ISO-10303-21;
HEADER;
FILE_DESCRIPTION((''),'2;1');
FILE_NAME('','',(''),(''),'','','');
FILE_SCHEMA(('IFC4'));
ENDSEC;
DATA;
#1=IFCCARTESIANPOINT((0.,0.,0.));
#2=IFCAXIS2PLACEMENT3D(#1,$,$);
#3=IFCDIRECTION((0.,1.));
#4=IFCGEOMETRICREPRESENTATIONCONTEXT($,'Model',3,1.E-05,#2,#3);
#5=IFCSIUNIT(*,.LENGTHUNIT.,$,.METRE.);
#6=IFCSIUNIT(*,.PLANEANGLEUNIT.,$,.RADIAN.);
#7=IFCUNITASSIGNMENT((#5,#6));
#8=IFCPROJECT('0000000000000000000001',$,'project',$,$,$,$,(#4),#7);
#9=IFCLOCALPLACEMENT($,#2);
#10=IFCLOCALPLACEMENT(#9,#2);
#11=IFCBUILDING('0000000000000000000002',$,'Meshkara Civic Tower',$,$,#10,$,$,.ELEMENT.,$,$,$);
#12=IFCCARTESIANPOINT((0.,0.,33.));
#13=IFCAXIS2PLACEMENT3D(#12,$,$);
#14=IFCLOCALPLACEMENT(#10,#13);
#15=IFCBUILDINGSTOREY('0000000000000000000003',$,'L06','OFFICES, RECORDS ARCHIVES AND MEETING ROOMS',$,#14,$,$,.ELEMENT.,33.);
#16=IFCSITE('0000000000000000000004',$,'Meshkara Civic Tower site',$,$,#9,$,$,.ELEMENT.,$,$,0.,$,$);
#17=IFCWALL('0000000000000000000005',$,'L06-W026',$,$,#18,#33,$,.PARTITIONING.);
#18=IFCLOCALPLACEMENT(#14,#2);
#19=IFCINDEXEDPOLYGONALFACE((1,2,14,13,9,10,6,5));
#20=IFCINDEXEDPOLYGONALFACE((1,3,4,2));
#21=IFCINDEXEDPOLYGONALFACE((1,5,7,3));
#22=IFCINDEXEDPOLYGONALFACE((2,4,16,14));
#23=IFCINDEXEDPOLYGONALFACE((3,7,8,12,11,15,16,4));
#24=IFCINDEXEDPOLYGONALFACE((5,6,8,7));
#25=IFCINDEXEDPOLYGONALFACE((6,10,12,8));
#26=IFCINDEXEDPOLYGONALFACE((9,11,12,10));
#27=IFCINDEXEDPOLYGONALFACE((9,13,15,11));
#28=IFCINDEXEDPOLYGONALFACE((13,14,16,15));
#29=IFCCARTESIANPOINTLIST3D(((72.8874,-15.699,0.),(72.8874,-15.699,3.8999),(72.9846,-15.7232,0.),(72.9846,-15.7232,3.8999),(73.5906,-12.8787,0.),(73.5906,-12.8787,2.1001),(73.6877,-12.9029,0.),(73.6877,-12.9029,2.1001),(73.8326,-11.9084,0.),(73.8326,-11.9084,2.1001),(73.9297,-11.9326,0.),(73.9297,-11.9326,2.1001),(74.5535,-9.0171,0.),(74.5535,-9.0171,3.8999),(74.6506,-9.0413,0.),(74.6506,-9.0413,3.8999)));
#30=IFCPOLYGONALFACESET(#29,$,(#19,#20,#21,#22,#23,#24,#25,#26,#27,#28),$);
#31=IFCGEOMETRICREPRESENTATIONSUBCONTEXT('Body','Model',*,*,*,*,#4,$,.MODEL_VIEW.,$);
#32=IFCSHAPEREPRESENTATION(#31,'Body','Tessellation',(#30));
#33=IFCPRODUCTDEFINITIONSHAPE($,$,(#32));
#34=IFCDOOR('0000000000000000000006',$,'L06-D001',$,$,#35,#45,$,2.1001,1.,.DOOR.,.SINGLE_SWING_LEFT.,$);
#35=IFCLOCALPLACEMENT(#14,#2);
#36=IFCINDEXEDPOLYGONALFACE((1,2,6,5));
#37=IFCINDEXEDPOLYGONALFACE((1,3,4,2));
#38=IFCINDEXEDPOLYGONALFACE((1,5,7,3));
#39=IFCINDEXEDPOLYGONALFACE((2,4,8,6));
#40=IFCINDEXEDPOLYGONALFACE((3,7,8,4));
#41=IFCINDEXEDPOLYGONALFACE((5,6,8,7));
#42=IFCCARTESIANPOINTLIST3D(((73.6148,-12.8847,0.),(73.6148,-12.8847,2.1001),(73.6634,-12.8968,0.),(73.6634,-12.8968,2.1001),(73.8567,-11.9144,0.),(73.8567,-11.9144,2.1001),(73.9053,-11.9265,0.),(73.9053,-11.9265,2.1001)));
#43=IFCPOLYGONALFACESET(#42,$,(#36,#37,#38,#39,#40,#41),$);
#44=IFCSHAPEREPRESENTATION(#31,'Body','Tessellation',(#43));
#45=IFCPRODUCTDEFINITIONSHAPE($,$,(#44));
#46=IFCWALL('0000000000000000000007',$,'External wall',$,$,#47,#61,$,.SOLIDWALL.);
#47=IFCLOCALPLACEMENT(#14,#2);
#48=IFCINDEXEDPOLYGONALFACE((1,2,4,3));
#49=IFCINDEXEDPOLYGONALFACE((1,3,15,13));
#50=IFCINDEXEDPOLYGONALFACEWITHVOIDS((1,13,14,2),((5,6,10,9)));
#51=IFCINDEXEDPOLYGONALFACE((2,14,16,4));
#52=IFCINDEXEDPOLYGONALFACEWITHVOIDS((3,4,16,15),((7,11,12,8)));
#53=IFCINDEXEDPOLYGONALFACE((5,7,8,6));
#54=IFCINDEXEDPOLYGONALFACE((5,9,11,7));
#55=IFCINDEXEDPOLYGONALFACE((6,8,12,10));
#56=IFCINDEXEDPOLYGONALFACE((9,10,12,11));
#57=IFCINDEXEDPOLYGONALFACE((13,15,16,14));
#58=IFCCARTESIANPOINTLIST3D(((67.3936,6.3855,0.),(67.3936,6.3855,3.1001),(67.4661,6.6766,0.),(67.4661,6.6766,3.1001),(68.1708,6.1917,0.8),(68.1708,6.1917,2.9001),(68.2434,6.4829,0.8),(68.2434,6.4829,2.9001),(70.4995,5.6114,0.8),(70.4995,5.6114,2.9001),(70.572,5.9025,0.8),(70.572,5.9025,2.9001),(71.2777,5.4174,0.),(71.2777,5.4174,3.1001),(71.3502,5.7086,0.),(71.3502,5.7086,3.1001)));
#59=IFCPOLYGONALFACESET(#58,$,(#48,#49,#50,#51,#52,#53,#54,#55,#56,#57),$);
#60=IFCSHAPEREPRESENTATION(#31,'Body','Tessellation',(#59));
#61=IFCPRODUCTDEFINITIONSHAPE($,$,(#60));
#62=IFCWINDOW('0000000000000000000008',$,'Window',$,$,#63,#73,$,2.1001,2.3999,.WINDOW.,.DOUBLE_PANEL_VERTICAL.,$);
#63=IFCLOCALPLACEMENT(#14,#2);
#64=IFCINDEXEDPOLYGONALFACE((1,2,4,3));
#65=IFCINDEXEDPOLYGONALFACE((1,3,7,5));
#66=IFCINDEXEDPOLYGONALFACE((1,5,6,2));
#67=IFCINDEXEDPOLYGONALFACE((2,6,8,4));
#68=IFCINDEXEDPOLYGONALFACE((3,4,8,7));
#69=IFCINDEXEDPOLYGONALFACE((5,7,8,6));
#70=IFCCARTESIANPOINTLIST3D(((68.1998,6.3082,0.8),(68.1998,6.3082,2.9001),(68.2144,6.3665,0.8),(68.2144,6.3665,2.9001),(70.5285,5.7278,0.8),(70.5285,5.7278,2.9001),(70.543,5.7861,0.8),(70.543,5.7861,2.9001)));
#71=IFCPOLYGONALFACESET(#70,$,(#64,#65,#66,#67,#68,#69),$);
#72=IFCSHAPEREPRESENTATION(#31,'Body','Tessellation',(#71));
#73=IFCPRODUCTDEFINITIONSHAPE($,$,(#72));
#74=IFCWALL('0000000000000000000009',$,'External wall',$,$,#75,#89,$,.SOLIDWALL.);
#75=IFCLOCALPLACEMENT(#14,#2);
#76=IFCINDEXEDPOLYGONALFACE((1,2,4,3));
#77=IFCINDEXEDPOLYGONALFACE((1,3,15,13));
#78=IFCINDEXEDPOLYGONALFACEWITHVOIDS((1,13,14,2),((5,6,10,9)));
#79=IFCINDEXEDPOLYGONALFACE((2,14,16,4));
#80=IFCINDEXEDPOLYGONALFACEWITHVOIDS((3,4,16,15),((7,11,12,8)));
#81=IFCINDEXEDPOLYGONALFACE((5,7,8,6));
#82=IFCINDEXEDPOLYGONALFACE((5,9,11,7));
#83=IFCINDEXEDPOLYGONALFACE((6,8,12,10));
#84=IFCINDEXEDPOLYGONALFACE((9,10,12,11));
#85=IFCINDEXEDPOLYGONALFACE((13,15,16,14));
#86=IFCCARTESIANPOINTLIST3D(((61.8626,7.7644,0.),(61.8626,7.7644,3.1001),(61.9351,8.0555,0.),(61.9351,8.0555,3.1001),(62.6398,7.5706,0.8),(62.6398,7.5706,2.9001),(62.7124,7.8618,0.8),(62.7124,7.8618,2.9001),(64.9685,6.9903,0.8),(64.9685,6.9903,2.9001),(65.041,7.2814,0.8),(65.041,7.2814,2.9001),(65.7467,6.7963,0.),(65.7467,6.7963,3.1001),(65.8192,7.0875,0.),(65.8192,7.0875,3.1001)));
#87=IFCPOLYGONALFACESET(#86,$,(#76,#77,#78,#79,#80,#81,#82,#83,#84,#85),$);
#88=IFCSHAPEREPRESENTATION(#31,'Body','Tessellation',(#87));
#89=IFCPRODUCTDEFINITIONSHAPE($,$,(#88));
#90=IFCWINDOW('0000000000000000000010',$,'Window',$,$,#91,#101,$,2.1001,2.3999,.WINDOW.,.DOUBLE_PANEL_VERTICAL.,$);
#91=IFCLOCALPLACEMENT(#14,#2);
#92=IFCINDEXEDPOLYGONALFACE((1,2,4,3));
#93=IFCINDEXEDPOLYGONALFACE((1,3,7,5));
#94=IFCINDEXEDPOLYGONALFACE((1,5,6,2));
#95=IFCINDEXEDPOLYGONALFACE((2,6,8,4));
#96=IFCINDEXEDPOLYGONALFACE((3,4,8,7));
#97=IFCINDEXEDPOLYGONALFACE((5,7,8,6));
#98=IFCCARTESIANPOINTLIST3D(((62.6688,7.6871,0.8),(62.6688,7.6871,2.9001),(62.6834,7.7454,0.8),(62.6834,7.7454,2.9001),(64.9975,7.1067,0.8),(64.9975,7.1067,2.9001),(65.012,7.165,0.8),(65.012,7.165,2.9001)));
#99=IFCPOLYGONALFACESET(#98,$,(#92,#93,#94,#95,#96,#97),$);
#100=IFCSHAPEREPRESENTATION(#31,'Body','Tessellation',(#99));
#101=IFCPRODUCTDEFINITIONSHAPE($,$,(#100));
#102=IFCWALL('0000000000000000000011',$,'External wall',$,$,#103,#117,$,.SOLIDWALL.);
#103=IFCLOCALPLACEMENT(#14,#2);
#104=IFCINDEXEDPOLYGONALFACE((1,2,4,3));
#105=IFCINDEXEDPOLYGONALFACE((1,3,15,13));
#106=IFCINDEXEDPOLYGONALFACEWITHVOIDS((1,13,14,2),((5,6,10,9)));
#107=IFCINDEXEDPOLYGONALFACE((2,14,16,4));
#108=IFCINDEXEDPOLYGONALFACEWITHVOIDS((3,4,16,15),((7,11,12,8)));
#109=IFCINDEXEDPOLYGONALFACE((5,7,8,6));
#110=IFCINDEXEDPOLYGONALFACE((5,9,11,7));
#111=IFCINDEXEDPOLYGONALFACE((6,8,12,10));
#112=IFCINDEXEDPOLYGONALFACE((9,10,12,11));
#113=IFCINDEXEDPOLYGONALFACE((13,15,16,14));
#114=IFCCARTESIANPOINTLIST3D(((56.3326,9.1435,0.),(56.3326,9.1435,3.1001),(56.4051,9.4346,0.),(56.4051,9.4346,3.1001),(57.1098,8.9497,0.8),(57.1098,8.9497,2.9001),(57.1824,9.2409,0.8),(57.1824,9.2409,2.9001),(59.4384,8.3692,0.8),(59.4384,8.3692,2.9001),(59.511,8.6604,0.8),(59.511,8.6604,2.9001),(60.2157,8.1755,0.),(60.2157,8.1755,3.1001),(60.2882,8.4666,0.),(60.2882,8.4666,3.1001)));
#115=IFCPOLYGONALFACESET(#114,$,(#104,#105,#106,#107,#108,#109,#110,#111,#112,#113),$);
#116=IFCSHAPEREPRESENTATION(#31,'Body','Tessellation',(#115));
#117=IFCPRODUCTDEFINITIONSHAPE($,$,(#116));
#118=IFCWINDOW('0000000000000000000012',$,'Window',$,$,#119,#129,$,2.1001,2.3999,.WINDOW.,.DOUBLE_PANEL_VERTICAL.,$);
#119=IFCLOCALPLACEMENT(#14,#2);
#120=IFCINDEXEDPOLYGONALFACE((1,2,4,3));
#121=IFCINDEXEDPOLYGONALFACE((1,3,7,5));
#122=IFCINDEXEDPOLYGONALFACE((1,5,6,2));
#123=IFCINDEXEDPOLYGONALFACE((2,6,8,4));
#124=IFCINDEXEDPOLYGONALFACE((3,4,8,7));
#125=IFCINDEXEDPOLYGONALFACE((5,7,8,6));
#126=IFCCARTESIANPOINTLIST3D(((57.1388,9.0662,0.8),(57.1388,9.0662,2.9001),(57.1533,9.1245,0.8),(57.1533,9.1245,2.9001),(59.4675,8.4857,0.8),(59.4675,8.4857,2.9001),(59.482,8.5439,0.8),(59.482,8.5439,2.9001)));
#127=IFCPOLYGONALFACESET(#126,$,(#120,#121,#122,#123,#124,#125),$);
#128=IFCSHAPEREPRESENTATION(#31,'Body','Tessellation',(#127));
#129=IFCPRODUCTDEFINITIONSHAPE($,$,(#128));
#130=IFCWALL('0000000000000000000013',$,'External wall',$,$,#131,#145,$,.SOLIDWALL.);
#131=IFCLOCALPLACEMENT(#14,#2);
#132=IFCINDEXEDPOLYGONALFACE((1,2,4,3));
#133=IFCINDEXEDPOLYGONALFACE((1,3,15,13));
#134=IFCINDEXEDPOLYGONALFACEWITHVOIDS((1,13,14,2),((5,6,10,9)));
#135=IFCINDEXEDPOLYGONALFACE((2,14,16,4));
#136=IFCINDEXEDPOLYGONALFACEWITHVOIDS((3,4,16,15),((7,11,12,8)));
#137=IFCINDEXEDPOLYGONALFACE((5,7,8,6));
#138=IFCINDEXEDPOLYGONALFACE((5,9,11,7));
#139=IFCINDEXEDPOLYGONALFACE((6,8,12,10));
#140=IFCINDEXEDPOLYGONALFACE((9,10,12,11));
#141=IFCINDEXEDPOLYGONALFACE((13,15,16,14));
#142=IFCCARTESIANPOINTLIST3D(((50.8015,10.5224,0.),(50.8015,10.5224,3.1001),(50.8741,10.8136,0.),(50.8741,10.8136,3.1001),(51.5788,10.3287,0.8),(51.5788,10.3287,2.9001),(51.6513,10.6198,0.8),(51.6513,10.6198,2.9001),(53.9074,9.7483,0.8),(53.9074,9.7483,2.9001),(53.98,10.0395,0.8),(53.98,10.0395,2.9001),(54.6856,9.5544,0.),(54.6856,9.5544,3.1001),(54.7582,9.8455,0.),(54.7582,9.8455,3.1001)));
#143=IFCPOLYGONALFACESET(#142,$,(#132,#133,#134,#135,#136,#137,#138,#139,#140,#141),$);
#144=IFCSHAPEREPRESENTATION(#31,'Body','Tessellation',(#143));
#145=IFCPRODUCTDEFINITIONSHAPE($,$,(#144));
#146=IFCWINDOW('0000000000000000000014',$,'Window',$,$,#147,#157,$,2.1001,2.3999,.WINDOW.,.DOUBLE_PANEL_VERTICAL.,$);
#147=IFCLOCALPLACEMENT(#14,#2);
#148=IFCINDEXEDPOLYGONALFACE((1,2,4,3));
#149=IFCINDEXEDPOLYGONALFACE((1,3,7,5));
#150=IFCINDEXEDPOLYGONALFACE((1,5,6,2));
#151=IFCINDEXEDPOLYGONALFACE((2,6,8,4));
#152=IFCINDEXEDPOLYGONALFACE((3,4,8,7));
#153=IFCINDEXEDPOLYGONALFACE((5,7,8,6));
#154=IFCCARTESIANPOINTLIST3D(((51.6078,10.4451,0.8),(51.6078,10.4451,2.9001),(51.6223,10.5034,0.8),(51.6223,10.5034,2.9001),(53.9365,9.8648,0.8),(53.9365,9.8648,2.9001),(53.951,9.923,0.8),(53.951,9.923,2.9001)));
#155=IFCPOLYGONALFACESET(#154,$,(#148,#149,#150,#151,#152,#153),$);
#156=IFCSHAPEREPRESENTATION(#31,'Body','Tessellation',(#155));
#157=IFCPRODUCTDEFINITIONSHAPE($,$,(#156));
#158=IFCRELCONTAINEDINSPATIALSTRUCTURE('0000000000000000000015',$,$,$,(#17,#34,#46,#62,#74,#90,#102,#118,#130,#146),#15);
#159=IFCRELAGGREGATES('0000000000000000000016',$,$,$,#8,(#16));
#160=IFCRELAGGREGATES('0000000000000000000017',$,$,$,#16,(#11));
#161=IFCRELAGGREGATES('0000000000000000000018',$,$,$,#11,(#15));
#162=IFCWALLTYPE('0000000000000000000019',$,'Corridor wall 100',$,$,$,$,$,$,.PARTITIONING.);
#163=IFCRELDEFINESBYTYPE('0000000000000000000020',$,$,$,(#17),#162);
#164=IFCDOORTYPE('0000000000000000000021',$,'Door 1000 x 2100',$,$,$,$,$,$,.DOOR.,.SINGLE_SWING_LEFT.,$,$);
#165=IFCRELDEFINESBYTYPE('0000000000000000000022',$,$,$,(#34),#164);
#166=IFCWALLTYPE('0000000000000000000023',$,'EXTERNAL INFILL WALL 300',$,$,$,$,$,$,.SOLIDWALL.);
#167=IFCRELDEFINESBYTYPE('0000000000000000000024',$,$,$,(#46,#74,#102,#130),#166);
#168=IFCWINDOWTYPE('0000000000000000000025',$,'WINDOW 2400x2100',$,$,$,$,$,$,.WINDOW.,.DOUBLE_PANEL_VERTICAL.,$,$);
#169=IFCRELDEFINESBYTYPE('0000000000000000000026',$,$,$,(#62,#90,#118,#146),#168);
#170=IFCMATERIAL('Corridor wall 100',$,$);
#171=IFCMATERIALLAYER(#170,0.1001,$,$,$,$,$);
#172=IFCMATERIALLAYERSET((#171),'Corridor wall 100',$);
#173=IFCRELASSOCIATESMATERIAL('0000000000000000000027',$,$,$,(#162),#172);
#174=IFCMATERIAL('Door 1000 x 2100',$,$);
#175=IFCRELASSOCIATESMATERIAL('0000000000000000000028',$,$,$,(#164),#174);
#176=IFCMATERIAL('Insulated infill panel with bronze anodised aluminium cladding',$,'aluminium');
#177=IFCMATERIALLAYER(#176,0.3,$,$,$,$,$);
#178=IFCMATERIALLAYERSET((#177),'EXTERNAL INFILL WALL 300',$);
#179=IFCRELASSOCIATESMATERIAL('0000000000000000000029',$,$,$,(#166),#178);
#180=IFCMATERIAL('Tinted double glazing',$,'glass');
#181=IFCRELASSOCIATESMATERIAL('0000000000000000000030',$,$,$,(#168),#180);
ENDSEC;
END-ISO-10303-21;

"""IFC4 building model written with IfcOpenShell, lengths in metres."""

from ifc_helpers import new_model, si_unit, direction, frame, frame_2d, origin, place, context, subcontext, project, spatial, rectangle, extrude, material, layer, layer_set, type_object, element, fill, save


model = new_model("IFC4")

# Units and contexts
model_context = context("Model", 3, precision=1e-05, world=origin(), true_north=direction((0.0, 1.0)))
body_context = subcontext(model_context, "Body", "Model", "MODEL_VIEW")
ifc_project = project(units=[si_unit("LENGTHUNIT", "METRE"), si_unit("PLANEANGLEUNIT", "RADIAN")], contexts=[model_context])

# Site, building, storey
site_placement = place(None, origin())
site = spatial("IfcSite", under=ifc_project, at=site_placement, Name="Meshkara Civic Tower site", CompositionType="ELEMENT", RefElevation=0.0)
building_placement = place(site_placement, origin())
building = spatial("IfcBuilding", under=site, at=building_placement, Name="Meshkara Civic Tower", CompositionType="ELEMENT")
storey_placement = place(building_placement, frame((0.0, 0.0, 33.0)))
storey = spatial("IfcBuildingStorey", under=building, at=storey_placement, Name="L06", Description="OFFICES, RECORDS ARCHIVES AND MEETING ROOMS", CompositionType="ELEMENT", Elevation=33.0)

# Wall, opening, door
ifc_material_1 = material(Name="Corridor wall 100")
ifc_layer_1 = layer(ifc_material_1, 0.1001)
ifc_layer_set_1 = layer_set([ifc_layer_1], Name="Corridor wall 100")
wall_type_1 = type_object("IfcWallType", Name="Corridor wall 100", PredefinedType="PARTITIONING", material=ifc_layer_set_1)
wall_1_placement = place(storey_placement, frame((74.6021, -9.0291, 0.0), z_axis=(0.0, 0.0, 1.0), x_axis=(-0.241927, -0.970295, 0.0)))
wall_1 = element("IfcWall", 1, at=wall_1_placement, inside=storey, type_object=wall_type_1, Name="L06-W026", PredefinedType="PARTITIONING", context=body_context, shape_type="SweptSolid", body=[
    extrude(rectangle(XDim=6.8865, YDim=0.1001, at=frame_2d((3.4434, 0.0))), origin(), (0.0, 0.0, 1.0), 3.8999),
])
opening_1_placement = place(wall_1_placement, frame((2.98, 0.0, 0.0)))
opening_1 = element("IfcOpeningElement", 2, at=opening_1_placement, cuts=wall_1, PredefinedType="OPENING", context=body_context, shape_type="SweptSolid", body=[
    extrude(rectangle(XDim=1.0, YDim=2.1001, at=frame_2d((0.5, 1.05))), frame((0.0, 0.0601, 0.0), z_axis=(0.0, -1.0, 0.0), x_axis=(1.0, 0.0, 0.0)), (0.0, 0.0, 1.0), 0.1201),
])
ifc_material_2 = material(Name="Door 1000 x 2100")
door_type = type_object("IfcDoorType", Name="Door 1000 x 2100", OperationType="SINGLE_SWING_LEFT", PredefinedType="DOOR", material=ifc_material_2)
door_placement = place(opening_1_placement, origin())
door = element("IfcDoor", 3, at=door_placement, inside=storey, type_object=door_type, Name="L06-D001", OperationType="SINGLE_SWING_LEFT", OverallHeight=2.1001, OverallWidth=1.0, PredefinedType="DOOR", context=body_context, shape_type="SweptSolid", body=[
    extrude(rectangle(XDim=1.0, YDim=2.1001, at=frame_2d((0.5, 1.05))), frame((0.0, 0.0249, 0.0), z_axis=(0.0, -1.0, 0.0), x_axis=(1.0, 0.0, 0.0)), (0.0, 0.0, 1.0), 0.05),
])
fill(opening_1, door)

# Walls, openings, windows
ifc_material_3 = material(Name="Insulated infill panel with bronze anodised aluminium cladding", Category="aluminium")
ifc_layer_2 = layer(ifc_material_3, 0.3)
ifc_layer_set_2 = layer_set([ifc_layer_2], Name="EXTERNAL INFILL WALL 300")
wall_type_2 = type_object("IfcWallType", Name="EXTERNAL INFILL WALL 300", PredefinedType="SOLIDWALL", material=ifc_layer_set_2)
wall_2_placement = place(storey_placement, frame((71.314, 5.563, 0.0), z_axis=(0.0, 0.0, 1.0), x_axis=(-0.970318, 0.241832, 0.0)))
wall_2 = element("IfcWall", 4, at=wall_2_placement, inside=storey, type_object=wall_type_2, Name="External wall", PredefinedType="SOLIDWALL", context=body_context, shape_type="SweptSolid", body=[
    extrude(rectangle(XDim=4.0029, YDim=0.3, at=frame_2d((2.0015, 0.0))), origin(), (0.0, 0.0, 1.0), 3.1001),
])
opening_2_placement = place(wall_2_placement, frame((0.802, 0.0, 0.8)))
opening_2 = element("IfcOpeningElement", 5, at=opening_2_placement, cuts=wall_2, PredefinedType="OPENING", context=body_context, shape_type="SweptSolid", body=[
    extrude(rectangle(XDim=2.3999, YDim=2.1001, at=frame_2d((1.2, 1.05))), frame((0.0, 0.1599, 0.0), z_axis=(0.0, -1.0, 0.0), x_axis=(1.0, 0.0, 0.0)), (0.0, 0.0, 1.0), 0.3201),
])
ifc_material_4 = material(Name="Tinted double glazing", Category="glass")
window_type = type_object("IfcWindowType", Name="WINDOW 2400x2100", PartitioningType="DOUBLE_PANEL_VERTICAL", PredefinedType="WINDOW", material=ifc_material_4)
window_1_placement = place(opening_2_placement, origin())
window_1 = element("IfcWindow", 6, at=window_1_placement, inside=storey, type_object=window_type, Name="Window", OverallHeight=2.1001, OverallWidth=2.3999, PartitioningType="DOUBLE_PANEL_VERTICAL", PredefinedType="WINDOW", context=body_context, shape_type="SweptSolid", body=[
    extrude(rectangle(XDim=2.3999, YDim=2.1001, at=frame_2d((1.2, 1.05))), frame((0.0, 0.03, 0.0), z_axis=(0.0, -1.0, 0.0), x_axis=(1.0, 0.0, 0.0)), (0.0, 0.0, 1.0), 0.0601),
])
fill(opening_2, window_1)
wall_3_placement = place(storey_placement, frame((65.783, 6.9419, 0.0), z_axis=(0.0, 0.0, 1.0), x_axis=(-0.970318, 0.241832, 0.0)))
wall_3 = element("IfcWall", 7, at=wall_3_placement, inside=storey, type_object=wall_type_2, Name="External wall", PredefinedType="SOLIDWALL", context=body_context, shape_type="SweptSolid", body=[
    extrude(rectangle(XDim=4.0029, YDim=0.3, at=frame_2d((2.0015, 0.0))), origin(), (0.0, 0.0, 1.0), 3.1001),
])
opening_3_placement = place(wall_3_placement, frame((0.802, 0.0, 0.8)))
opening_3 = element("IfcOpeningElement", 8, at=opening_3_placement, cuts=wall_3, PredefinedType="OPENING", context=body_context, shape_type="SweptSolid", body=[
    extrude(rectangle(XDim=2.3999, YDim=2.1001, at=frame_2d((1.2, 1.05))), frame((0.0, 0.1599, 0.0), z_axis=(0.0, -1.0, 0.0), x_axis=(1.0, 0.0, 0.0)), (0.0, 0.0, 1.0), 0.3201),
])
window_2_placement = place(opening_3_placement, origin())
window_2 = element("IfcWindow", 9, at=window_2_placement, inside=storey, type_object=window_type, Name="Window", OverallHeight=2.1001, OverallWidth=2.3999, PartitioningType="DOUBLE_PANEL_VERTICAL", PredefinedType="WINDOW", context=body_context, shape_type="SweptSolid", body=[
    extrude(rectangle(XDim=2.3999, YDim=2.1001, at=frame_2d((1.2, 1.05))), frame((0.0, 0.03, 0.0), z_axis=(0.0, -1.0, 0.0), x_axis=(1.0, 0.0, 0.0)), (0.0, 0.0, 1.0), 0.0601),
])
fill(opening_3, window_2)
wall_4_placement = place(storey_placement, frame((60.252, 8.321, 0.0), z_axis=(0.0, 0.0, 1.0), x_axis=(-0.970304, 0.24189, 0.0)))
wall_4 = element("IfcWall", 10, at=wall_4_placement, inside=storey, type_object=wall_type_2, Name="External wall", PredefinedType="SOLIDWALL", context=body_context, shape_type="SweptSolid", body=[
    extrude(rectangle(XDim=4.002, YDim=0.3, at=frame_2d((2.001, 0.0))), origin(), (0.0, 0.0, 1.0), 3.1001),
])
opening_4_placement = place(wall_4_placement, frame((0.801, 0.0, 0.8)))
opening_4 = element("IfcOpeningElement", 11, at=opening_4_placement, cuts=wall_4, PredefinedType="OPENING", context=body_context, shape_type="SweptSolid", body=[
    extrude(rectangle(XDim=2.3999, YDim=2.1001, at=frame_2d((1.2, 1.05))), frame((0.0, 0.1599, 0.0), z_axis=(0.0, -1.0, 0.0), x_axis=(1.0, 0.0, 0.0)), (0.0, 0.0, 1.0), 0.3201),
])
window_3_placement = place(opening_4_placement, origin())
window_3 = element("IfcWindow", 12, at=window_3_placement, inside=storey, type_object=window_type, Name="Window", OverallHeight=2.1001, OverallWidth=2.3999, PartitioningType="DOUBLE_PANEL_VERTICAL", PredefinedType="WINDOW", context=body_context, shape_type="SweptSolid", body=[
    extrude(rectangle(XDim=2.3999, YDim=2.1001, at=frame_2d((1.2, 1.05))), frame((0.0, 0.03, 0.0), z_axis=(0.0, -1.0, 0.0), x_axis=(1.0, 0.0, 0.0)), (0.0, 0.0, 1.0), 0.0601),
])
fill(opening_4, window_3)
wall_5_placement = place(storey_placement, frame((54.7219, 9.7, 0.0), z_axis=(0.0, 0.0, 1.0), x_axis=(-0.970318, 0.241832, 0.0)))
wall_5 = element("IfcWall", 13, at=wall_5_placement, inside=storey, type_object=wall_type_2, Name="External wall", PredefinedType="SOLIDWALL", context=body_context, shape_type="SweptSolid", body=[
    extrude(rectangle(XDim=4.0029, YDim=0.3, at=frame_2d((2.0015, 0.0))), origin(), (0.0, 0.0, 1.0), 3.1001),
])
opening_5_placement = place(wall_5_placement, frame((0.802, 0.0, 0.8)))
opening_5 = element("IfcOpeningElement", 14, at=opening_5_placement, cuts=wall_5, PredefinedType="OPENING", context=body_context, shape_type="SweptSolid", body=[
    extrude(rectangle(XDim=2.3999, YDim=2.1001, at=frame_2d((1.2, 1.05))), frame((0.0, 0.1599, 0.0), z_axis=(0.0, -1.0, 0.0), x_axis=(1.0, 0.0, 0.0)), (0.0, 0.0, 1.0), 0.3201),
])
window_4_placement = place(opening_5_placement, origin())
window_4 = element("IfcWindow", 15, at=window_4_placement, inside=storey, type_object=window_type, Name="Window", OverallHeight=2.1001, OverallWidth=2.3999, PartitioningType="DOUBLE_PANEL_VERTICAL", PredefinedType="WINDOW", context=body_context, shape_type="SweptSolid", body=[
    extrude(rectangle(XDim=2.3999, YDim=2.1001, at=frame_2d((1.2, 1.05))), frame((0.0, 0.03, 0.0), z_axis=(0.0, -1.0, 0.0), x_axis=(1.0, 0.0, 0.0)), (0.0, 0.0, 1.0), 0.0601),
])
fill(opening_5, window_4)

save(model, "model.ifc")
